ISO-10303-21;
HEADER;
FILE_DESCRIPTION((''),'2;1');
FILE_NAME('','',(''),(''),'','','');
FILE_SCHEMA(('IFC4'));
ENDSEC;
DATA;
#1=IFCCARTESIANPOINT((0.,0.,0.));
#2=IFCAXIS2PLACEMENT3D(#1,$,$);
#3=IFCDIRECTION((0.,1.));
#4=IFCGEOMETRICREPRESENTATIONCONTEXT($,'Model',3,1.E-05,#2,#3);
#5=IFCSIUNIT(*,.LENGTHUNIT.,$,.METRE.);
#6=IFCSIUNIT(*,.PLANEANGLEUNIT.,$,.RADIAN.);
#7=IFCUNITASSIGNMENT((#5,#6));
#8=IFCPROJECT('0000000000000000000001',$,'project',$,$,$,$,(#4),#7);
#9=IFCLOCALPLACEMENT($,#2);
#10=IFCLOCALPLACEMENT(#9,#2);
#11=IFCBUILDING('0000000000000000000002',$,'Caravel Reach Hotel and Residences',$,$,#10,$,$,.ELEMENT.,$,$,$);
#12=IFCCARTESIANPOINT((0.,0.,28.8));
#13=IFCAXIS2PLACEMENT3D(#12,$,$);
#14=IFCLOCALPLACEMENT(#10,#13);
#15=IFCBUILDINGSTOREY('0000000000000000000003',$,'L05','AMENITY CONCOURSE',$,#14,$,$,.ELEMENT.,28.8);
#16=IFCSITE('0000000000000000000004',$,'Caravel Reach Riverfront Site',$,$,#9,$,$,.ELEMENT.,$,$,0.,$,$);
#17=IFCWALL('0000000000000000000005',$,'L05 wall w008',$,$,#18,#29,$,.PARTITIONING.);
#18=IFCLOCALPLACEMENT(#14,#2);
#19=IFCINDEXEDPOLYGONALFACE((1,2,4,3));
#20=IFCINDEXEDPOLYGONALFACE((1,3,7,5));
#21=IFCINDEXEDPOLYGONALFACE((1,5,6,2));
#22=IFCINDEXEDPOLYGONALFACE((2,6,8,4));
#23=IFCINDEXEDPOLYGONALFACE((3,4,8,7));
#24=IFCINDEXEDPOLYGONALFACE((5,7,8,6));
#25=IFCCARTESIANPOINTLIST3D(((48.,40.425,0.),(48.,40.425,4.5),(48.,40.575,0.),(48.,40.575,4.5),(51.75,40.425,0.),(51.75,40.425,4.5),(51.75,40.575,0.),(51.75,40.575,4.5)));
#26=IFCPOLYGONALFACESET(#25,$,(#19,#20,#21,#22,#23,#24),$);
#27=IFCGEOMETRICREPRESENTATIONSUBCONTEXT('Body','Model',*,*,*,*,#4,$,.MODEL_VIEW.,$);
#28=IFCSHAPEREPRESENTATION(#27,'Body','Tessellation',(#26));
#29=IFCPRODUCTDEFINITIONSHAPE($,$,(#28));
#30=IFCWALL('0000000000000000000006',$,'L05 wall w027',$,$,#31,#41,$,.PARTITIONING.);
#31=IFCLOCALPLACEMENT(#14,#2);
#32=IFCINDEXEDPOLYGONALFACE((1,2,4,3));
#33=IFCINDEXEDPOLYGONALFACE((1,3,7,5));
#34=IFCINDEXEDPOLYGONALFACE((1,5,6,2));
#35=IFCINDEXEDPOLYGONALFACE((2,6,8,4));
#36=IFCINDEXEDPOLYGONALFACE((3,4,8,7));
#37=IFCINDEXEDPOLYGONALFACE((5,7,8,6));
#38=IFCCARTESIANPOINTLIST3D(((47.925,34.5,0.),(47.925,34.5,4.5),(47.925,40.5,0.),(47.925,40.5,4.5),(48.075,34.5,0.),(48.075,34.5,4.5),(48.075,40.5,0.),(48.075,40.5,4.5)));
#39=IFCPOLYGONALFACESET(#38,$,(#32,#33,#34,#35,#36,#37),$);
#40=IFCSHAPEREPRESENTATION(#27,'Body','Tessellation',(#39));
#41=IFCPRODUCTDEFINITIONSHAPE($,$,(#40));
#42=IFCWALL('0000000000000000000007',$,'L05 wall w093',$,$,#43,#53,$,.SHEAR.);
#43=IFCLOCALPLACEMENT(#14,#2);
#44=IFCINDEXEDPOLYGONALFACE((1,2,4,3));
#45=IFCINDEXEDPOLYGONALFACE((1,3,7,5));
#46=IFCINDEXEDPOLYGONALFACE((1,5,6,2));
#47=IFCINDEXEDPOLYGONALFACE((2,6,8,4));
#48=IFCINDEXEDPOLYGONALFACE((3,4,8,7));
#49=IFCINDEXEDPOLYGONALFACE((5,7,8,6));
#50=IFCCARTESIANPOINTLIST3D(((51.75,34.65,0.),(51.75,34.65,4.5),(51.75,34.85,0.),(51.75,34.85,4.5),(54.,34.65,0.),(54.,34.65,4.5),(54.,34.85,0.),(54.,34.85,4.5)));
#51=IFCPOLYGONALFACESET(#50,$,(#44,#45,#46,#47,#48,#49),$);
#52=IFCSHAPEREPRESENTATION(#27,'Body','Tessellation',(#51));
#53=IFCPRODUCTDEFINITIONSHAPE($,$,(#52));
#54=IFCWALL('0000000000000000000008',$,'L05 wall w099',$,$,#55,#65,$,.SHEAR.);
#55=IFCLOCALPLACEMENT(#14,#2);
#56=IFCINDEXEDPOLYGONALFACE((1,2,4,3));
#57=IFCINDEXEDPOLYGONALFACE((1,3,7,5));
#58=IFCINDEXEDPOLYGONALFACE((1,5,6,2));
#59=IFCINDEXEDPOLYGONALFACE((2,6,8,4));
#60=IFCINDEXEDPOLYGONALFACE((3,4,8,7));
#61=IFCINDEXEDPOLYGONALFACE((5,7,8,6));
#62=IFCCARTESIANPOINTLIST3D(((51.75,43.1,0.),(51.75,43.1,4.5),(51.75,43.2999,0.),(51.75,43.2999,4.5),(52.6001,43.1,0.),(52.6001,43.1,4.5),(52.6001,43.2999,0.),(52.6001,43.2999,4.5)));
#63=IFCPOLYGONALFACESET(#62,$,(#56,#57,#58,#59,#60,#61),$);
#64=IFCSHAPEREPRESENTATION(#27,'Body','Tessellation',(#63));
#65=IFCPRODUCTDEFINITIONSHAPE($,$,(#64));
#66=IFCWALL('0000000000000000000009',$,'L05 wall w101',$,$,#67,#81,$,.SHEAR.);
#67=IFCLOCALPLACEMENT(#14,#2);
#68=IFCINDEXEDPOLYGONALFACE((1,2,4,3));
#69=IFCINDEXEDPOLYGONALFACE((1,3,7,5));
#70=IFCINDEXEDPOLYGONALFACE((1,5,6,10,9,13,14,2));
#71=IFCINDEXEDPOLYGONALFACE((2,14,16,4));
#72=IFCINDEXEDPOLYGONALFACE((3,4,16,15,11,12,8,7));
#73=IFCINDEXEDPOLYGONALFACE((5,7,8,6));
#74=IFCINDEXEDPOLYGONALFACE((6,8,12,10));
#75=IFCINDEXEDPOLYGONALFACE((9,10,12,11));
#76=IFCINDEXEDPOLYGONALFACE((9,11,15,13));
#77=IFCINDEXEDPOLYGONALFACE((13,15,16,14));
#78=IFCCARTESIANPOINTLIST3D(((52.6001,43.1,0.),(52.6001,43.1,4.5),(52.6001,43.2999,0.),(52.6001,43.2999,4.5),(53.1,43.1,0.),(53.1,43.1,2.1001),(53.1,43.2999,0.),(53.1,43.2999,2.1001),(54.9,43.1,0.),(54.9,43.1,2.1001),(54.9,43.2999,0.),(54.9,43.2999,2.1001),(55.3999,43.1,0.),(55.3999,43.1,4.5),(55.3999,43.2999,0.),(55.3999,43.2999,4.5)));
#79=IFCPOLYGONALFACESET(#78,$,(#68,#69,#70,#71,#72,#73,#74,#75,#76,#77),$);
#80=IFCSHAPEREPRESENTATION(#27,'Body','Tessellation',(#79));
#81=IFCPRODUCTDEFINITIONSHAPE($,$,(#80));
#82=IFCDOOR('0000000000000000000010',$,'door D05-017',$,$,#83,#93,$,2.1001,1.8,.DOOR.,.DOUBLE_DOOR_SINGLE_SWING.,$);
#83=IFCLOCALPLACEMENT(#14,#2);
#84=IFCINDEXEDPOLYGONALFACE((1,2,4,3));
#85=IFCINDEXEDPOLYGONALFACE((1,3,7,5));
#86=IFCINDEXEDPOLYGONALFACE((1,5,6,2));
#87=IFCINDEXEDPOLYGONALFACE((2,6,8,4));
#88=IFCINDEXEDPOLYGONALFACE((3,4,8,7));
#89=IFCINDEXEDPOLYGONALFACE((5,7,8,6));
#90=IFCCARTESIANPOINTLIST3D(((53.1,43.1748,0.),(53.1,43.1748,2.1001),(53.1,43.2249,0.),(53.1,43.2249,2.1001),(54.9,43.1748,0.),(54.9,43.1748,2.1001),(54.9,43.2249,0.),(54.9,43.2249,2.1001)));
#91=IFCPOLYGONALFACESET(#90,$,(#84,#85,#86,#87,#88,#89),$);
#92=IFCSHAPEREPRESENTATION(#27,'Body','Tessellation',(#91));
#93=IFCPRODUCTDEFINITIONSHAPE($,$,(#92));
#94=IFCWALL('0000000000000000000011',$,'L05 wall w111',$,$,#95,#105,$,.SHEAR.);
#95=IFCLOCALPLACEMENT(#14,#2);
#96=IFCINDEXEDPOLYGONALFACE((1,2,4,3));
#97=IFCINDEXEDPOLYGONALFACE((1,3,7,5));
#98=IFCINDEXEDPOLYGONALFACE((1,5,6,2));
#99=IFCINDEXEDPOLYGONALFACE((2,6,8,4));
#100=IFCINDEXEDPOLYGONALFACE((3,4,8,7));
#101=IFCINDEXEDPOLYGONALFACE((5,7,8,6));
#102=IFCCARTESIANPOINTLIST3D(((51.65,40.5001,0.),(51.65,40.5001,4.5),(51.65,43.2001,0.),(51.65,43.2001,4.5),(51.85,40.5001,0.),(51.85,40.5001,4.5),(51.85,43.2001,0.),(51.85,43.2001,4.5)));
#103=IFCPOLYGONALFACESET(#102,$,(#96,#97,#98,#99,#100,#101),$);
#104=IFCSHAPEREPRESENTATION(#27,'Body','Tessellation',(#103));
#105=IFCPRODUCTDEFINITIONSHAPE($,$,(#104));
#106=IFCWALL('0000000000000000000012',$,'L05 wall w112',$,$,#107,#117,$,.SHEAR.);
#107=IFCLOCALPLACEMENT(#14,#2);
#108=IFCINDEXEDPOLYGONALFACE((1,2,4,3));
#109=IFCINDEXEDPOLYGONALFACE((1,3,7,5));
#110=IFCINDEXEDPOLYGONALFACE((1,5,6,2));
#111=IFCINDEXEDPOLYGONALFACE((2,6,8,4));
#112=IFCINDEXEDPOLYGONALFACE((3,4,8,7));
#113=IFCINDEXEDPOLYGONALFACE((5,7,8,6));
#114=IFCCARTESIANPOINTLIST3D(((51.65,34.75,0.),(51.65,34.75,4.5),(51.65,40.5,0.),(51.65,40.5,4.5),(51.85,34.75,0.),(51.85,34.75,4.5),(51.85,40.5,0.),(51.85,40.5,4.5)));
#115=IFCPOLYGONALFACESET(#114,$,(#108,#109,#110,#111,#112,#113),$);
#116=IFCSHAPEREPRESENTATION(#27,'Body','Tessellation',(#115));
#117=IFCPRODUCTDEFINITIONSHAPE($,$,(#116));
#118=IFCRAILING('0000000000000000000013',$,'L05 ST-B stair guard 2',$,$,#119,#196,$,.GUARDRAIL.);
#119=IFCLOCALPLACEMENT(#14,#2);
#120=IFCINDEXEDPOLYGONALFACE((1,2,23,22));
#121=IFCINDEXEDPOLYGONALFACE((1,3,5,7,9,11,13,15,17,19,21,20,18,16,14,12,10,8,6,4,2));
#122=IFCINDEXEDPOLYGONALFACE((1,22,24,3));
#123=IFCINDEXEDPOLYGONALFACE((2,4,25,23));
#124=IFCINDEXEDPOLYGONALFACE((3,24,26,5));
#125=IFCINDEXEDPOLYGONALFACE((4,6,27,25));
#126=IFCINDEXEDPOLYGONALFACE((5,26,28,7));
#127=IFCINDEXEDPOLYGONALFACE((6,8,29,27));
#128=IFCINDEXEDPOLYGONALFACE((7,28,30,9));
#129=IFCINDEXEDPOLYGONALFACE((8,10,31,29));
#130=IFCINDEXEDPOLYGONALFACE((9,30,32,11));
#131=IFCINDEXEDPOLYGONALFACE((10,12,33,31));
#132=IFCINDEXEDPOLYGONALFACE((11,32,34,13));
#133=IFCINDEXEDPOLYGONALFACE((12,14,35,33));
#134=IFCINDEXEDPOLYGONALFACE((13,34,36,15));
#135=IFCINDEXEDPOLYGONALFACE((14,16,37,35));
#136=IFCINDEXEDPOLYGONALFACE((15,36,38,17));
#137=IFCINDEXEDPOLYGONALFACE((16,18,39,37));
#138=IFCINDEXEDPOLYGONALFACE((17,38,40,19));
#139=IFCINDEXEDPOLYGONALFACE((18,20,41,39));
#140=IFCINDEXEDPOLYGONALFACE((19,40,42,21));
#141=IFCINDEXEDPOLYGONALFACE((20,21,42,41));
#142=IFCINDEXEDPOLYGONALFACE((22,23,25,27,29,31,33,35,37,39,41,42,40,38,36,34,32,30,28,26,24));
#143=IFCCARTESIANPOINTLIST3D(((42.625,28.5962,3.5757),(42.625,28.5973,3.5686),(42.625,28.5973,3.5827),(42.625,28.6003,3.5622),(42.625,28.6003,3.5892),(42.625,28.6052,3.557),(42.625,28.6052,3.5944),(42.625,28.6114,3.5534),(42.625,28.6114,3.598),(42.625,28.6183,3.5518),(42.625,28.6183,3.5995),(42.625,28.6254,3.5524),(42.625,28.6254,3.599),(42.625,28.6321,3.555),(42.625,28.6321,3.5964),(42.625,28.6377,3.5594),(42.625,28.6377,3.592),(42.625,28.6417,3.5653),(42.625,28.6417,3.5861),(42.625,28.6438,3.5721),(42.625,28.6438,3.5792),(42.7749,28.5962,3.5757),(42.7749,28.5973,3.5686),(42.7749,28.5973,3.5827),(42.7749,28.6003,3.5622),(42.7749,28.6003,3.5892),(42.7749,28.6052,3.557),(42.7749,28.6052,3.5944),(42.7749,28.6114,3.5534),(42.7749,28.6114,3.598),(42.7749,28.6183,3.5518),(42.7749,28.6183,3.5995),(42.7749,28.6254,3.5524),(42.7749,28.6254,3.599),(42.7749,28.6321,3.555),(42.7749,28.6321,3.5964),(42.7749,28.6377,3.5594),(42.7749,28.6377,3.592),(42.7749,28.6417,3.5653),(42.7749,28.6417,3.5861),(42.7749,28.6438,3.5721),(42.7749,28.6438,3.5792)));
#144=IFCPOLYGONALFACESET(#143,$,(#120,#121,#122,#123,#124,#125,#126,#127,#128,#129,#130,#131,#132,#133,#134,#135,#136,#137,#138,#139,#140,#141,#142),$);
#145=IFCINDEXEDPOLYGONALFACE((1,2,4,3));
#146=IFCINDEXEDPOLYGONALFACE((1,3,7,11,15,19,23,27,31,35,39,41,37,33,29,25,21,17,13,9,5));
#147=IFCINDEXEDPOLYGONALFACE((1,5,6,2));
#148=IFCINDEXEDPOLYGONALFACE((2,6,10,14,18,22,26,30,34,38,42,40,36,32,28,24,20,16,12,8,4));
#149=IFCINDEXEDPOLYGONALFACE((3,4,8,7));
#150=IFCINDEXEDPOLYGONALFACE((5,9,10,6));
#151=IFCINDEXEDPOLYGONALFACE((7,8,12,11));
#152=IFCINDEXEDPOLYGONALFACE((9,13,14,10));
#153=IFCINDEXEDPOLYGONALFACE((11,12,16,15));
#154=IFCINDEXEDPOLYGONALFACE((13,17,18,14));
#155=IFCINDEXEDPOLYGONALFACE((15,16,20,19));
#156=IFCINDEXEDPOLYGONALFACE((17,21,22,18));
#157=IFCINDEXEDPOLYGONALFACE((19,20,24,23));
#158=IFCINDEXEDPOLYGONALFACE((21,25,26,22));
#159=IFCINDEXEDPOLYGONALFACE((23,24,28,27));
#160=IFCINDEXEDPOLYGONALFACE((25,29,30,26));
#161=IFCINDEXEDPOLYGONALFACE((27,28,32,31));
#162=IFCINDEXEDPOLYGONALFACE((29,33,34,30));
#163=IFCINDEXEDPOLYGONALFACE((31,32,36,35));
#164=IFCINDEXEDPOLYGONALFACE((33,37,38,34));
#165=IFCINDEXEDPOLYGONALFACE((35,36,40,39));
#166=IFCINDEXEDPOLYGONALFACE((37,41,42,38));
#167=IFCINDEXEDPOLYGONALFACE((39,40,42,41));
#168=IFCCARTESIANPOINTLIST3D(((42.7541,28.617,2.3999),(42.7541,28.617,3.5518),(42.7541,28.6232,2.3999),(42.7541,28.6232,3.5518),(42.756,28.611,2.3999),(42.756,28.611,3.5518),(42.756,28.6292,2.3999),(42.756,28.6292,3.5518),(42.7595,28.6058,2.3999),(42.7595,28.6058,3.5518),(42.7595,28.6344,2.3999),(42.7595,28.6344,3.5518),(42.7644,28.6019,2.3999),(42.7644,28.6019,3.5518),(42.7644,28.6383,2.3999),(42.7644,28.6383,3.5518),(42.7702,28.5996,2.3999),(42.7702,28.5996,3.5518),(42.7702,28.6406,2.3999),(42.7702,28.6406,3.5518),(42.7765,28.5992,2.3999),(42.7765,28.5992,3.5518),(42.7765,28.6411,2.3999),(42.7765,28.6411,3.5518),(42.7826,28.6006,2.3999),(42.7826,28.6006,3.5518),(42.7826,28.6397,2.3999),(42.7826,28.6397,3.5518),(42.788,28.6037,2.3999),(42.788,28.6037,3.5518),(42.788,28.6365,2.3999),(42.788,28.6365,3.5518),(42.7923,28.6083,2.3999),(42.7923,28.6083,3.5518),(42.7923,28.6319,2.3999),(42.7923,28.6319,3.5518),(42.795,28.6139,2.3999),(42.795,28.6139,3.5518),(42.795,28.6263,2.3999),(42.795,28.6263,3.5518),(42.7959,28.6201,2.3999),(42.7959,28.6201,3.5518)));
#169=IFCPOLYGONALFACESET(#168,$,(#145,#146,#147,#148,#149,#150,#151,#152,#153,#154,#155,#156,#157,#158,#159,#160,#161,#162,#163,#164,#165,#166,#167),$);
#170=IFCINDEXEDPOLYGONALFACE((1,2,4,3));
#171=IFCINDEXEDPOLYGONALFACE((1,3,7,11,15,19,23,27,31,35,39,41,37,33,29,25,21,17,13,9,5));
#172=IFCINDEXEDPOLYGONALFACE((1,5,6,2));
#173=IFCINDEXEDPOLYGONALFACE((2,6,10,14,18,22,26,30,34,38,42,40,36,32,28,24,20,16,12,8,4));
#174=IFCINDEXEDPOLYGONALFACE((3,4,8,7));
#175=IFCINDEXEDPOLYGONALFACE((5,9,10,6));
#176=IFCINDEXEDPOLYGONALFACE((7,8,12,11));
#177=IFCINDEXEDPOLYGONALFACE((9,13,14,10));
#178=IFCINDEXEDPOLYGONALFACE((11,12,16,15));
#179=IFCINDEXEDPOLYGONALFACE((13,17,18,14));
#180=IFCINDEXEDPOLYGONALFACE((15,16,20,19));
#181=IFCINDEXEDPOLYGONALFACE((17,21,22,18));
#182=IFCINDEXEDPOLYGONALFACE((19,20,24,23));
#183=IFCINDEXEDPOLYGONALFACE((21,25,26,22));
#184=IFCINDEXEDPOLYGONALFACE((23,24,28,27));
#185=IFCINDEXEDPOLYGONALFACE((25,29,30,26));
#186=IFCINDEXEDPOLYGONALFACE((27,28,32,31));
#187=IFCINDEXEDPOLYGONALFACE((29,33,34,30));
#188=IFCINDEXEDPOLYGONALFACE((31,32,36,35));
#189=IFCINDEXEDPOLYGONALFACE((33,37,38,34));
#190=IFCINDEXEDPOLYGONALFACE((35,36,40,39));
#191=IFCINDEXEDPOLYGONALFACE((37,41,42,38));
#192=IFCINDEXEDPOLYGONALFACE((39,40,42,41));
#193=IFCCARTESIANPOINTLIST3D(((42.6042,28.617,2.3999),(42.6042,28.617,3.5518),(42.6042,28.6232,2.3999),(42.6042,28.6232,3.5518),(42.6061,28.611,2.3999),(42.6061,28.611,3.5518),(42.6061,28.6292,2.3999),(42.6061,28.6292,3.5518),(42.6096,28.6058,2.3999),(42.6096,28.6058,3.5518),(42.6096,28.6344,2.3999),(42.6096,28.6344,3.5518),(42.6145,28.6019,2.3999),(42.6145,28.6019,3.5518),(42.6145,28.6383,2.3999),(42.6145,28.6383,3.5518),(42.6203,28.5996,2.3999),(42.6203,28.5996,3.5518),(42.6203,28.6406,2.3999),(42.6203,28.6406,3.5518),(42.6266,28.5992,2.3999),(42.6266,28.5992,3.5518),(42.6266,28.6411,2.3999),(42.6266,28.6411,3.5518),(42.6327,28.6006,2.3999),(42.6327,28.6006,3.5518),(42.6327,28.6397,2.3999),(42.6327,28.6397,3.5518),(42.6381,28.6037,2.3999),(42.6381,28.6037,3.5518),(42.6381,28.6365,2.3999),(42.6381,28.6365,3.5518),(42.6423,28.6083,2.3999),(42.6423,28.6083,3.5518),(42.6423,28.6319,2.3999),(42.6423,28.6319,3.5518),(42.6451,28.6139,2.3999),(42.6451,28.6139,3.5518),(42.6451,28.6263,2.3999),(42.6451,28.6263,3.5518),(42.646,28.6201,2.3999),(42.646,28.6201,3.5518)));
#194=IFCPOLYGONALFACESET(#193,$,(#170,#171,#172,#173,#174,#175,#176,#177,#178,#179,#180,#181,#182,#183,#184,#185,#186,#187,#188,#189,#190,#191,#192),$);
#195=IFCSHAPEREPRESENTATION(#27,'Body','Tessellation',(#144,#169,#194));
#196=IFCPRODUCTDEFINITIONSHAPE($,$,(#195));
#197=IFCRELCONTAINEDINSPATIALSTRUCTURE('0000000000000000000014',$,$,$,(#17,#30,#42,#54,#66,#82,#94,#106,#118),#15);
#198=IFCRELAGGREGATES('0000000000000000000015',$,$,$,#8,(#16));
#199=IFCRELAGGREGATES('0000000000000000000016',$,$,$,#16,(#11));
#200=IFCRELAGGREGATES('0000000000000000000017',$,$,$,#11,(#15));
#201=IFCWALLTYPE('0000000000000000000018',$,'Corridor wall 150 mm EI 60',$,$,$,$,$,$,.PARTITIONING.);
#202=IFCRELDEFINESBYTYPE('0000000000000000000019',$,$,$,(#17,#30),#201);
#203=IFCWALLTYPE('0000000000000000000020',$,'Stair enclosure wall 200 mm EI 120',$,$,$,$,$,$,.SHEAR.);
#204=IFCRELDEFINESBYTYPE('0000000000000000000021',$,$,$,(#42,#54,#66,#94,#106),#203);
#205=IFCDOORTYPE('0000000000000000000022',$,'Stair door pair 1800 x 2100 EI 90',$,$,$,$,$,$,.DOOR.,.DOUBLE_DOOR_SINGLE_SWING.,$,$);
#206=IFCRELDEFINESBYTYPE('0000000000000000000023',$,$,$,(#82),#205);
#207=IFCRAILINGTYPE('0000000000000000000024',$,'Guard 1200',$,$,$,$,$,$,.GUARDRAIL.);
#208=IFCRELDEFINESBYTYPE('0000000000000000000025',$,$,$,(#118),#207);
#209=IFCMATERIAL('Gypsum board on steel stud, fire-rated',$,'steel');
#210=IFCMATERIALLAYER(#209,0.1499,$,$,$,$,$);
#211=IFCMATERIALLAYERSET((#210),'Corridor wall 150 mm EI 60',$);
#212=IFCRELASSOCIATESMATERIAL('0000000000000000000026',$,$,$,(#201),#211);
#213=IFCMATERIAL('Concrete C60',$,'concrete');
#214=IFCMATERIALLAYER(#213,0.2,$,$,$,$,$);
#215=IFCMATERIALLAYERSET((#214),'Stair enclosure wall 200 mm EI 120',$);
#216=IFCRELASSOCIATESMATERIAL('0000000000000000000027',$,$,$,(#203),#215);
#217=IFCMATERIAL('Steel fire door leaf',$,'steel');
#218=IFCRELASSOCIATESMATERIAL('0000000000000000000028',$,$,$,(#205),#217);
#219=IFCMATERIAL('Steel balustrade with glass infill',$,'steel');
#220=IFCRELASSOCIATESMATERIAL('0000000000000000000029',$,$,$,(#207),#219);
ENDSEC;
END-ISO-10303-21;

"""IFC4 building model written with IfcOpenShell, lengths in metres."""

from ifc_helpers import new_model, si_unit, direction, frame, frame_2d, origin, origin_2d, place, context, subcontext, project, spatial, rectangle, circle, extrude, material, layer, layer_set, type_object, element, fill, save


model = new_model("IFC4")

# Units and contexts
model_context = context("Model", 3, precision=1e-05, world=origin(), true_north=direction((0.0, 1.0)))
body_context = subcontext(model_context, "Body", "Model", "MODEL_VIEW")
ifc_project = project(units=[si_unit("LENGTHUNIT", "METRE"), si_unit("PLANEANGLEUNIT", "RADIAN")], contexts=[model_context])

# Site, building, storey
site_placement = place(None, origin())
site = spatial("IfcSite", under=ifc_project, at=site_placement, Name="Caravel Reach Riverfront Site", CompositionType="ELEMENT", RefElevation=0.0)
building_placement = place(site_placement, origin())
building = spatial("IfcBuilding", under=site, at=building_placement, Name="Caravel Reach Hotel and Residences", CompositionType="ELEMENT")
storey_placement = place(building_placement, frame((0.0, 0.0, 28.8)))
storey = spatial("IfcBuildingStorey", under=building, at=storey_placement, Name="L05", Description="AMENITY CONCOURSE", CompositionType="ELEMENT", Elevation=28.8)

# Shared definitions
ifc_material_1 = material(Name="Gypsum board on steel stud, fire-rated", Category="steel")
ifc_layer_1 = layer(ifc_material_1, 0.1499)
ifc_layer_set_1 = layer_set([ifc_layer_1], Name="Corridor wall 150 mm EI 60")
wall_type_1 = type_object("IfcWallType", Name="Corridor wall 150 mm EI 60", PredefinedType="PARTITIONING", material=ifc_layer_set_1)

# Walls
wall_1_placement = place(storey_placement, frame((48.0, 40.5, 0.0), z_axis=(0.0, 0.0, 1.0), x_axis=(1.0, 0.0, 0.0)))
element("IfcWall", 1, at=wall_1_placement, inside=storey, type_object=wall_type_1, Name="L05 wall w008", PredefinedType="PARTITIONING", context=body_context, shape_type="SweptSolid", body=[
    extrude(rectangle(XDim=3.75, YDim=0.1499, at=frame_2d((1.875, 0.0))), origin(), (0.0, 0.0, 1.0), 4.5),
])
wall_2_placement = place(storey_placement, frame((48.0, 34.5, 0.0), z_axis=(0.0, 0.0, 1.0), x_axis=(0.0, 1.0, 0.0)))
element("IfcWall", 2, at=wall_2_placement, inside=storey, type_object=wall_type_1, Name="L05 wall w027", PredefinedType="PARTITIONING", context=body_context, shape_type="SweptSolid", body=[
    extrude(rectangle(XDim=6.0, YDim=0.1499, at=frame_2d((3.0, 0.0))), origin(), (0.0, 0.0, 1.0), 4.5),
])
ifc_material_2 = material(Name="Concrete C60", Category="concrete")
ifc_layer_2 = layer(ifc_material_2, 0.2)
ifc_layer_set_2 = layer_set([ifc_layer_2], Name="Stair enclosure wall 200 mm EI 120")
wall_type_2 = type_object("IfcWallType", Name="Stair enclosure wall 200 mm EI 120", PredefinedType="SHEAR", material=ifc_layer_set_2)
wall_3_placement = place(storey_placement, frame((51.75, 34.75, 0.0), z_axis=(0.0, 0.0, 1.0), x_axis=(1.0, 0.0, 0.0)))
element("IfcWall", 3, at=wall_3_placement, inside=storey, type_object=wall_type_2, Name="L05 wall w093", PredefinedType="SHEAR", context=body_context, shape_type="SweptSolid", body=[
    extrude(rectangle(XDim=2.25, YDim=0.2, at=frame_2d((1.125, 0.0))), origin(), (0.0, 0.0, 1.0), 4.5),
])
wall_4_placement = place(storey_placement, frame((51.75, 43.2, 0.0), z_axis=(0.0, 0.0, 1.0), x_axis=(1.0, 0.0, 0.0)))
element("IfcWall", 4, at=wall_4_placement, inside=storey, type_object=wall_type_2, Name="L05 wall w099", PredefinedType="SHEAR", context=body_context, shape_type="SweptSolid", body=[
    extrude(rectangle(XDim=0.8501, YDim=0.2, at=frame_2d((0.425, 0.0))), origin(), (0.0, 0.0, 1.0), 4.5),
])

# Wall, opening, door
wall_5_placement = place(storey_placement, frame((52.6001, 43.2, 0.0), z_axis=(0.0, 0.0, 1.0), x_axis=(1.0, 0.0, 0.0)))
wall_5 = element("IfcWall", 5, at=wall_5_placement, inside=storey, type_object=wall_type_2, Name="L05 wall w101", PredefinedType="SHEAR", context=body_context, shape_type="SweptSolid", body=[
    extrude(rectangle(XDim=2.7998, YDim=0.2, at=frame_2d((1.3999, 0.0))), origin(), (0.0, 0.0, 1.0), 4.5),
])
opening_1_placement = place(wall_5_placement, frame((0.5, 0.0, 0.0)))
opening_1 = element("IfcOpeningElement", 6, at=opening_1_placement, cuts=wall_5, PredefinedType="OPENING", context=body_context, shape_type="SweptSolid", body=[
    extrude(rectangle(XDim=1.8, YDim=2.1001, at=frame_2d((0.8999, 1.05))), frame((0.0, 0.1099, 0.0), z_axis=(0.0, -1.0, 0.0), x_axis=(1.0, 0.0, 0.0)), (0.0, 0.0, 1.0), 0.22),
])
ifc_material_3 = material(Name="Steel fire door leaf", Category="steel")
door_type_1 = type_object("IfcDoorType", Name="Stair door pair 1800 x 2100 EI 90", OperationType="DOUBLE_DOOR_SINGLE_SWING", PredefinedType="DOOR", material=ifc_material_3)
door_1_placement = place(opening_1_placement, origin())
door_1 = element("IfcDoor", 7, at=door_1_placement, inside=storey, type_object=door_type_1, Name="door D05-017", OperationType="DOUBLE_DOOR_SINGLE_SWING", OverallHeight=2.1001, OverallWidth=1.8, PredefinedType="DOOR", context=body_context, shape_type="SweptSolid", body=[
    extrude(rectangle(XDim=1.8, YDim=2.1001, at=frame_2d((0.8999, 1.05))), frame((0.0, 0.0249, 0.0), z_axis=(0.0, -1.0, 0.0), x_axis=(1.0, 0.0, 0.0)), (0.0, 0.0, 1.0), 0.05),
])
fill(opening_1, door_1)

# Walls
wall_6_placement = place(storey_placement, frame((51.75, 40.5, 0.0), z_axis=(0.0, 0.0, 1.0), x_axis=(0.0, 1.0, 0.0)))
element("IfcWall", 8, at=wall_6_placement, inside=storey, type_object=wall_type_2, Name="L05 wall w111", PredefinedType="SHEAR", context=body_context, shape_type="SweptSolid", body=[
    extrude(rectangle(XDim=2.7, YDim=0.2, at=frame_2d((1.3501, 0.0))), origin(), (0.0, 0.0, 1.0), 4.5),
])
wall_7_placement = place(storey_placement, frame((51.75, 34.75, 0.0), z_axis=(0.0, 0.0, 1.0), x_axis=(0.0, 1.0, 0.0)))
element("IfcWall", 9, at=wall_7_placement, inside=storey, type_object=wall_type_2, Name="L05 wall w112", PredefinedType="SHEAR", context=body_context, shape_type="SweptSolid", body=[
    extrude(rectangle(XDim=5.75, YDim=0.2, at=frame_2d((2.875, 0.0))), origin(), (0.0, 0.0, 1.0), 4.5),
])

# Railing
ifc_material_4 = material(Name="Steel balustrade with glass infill", Category="steel")
railing_type = type_object("IfcRailingType", Name="Guard 1200", PredefinedType="GUARDRAIL", material=ifc_material_4)
railing_1_placement = place(storey_placement, frame((42.7749, 28.6201, 2.3999)))
element("IfcRailing", 10, at=railing_1_placement, inside=storey, type_object=railing_type, Name="L05 ST-B stair guard 2", PredefinedType="GUARDRAIL", context=body_context, shape_type="SweptSolid", body=[
    extrude(circle(Radius=0.0239, at=origin_2d()), frame((0.0, 0.0, 1.1758), z_axis=(-1.0, 0.0, 0.0), x_axis=(0.0, -1.0, 0.0)), (0.0, 0.0, 1.0), 0.1499),
    extrude(circle(Radius=0.021, at=origin_2d()), origin(), (0.0, 0.0, 1.0), 1.1519),
    extrude(circle(Radius=0.021, at=origin_2d()), frame((-0.1499, 0.0, 0.0)), (0.0, 0.0, 1.0), 1.1519),
])

save(model, "model.ifc")
